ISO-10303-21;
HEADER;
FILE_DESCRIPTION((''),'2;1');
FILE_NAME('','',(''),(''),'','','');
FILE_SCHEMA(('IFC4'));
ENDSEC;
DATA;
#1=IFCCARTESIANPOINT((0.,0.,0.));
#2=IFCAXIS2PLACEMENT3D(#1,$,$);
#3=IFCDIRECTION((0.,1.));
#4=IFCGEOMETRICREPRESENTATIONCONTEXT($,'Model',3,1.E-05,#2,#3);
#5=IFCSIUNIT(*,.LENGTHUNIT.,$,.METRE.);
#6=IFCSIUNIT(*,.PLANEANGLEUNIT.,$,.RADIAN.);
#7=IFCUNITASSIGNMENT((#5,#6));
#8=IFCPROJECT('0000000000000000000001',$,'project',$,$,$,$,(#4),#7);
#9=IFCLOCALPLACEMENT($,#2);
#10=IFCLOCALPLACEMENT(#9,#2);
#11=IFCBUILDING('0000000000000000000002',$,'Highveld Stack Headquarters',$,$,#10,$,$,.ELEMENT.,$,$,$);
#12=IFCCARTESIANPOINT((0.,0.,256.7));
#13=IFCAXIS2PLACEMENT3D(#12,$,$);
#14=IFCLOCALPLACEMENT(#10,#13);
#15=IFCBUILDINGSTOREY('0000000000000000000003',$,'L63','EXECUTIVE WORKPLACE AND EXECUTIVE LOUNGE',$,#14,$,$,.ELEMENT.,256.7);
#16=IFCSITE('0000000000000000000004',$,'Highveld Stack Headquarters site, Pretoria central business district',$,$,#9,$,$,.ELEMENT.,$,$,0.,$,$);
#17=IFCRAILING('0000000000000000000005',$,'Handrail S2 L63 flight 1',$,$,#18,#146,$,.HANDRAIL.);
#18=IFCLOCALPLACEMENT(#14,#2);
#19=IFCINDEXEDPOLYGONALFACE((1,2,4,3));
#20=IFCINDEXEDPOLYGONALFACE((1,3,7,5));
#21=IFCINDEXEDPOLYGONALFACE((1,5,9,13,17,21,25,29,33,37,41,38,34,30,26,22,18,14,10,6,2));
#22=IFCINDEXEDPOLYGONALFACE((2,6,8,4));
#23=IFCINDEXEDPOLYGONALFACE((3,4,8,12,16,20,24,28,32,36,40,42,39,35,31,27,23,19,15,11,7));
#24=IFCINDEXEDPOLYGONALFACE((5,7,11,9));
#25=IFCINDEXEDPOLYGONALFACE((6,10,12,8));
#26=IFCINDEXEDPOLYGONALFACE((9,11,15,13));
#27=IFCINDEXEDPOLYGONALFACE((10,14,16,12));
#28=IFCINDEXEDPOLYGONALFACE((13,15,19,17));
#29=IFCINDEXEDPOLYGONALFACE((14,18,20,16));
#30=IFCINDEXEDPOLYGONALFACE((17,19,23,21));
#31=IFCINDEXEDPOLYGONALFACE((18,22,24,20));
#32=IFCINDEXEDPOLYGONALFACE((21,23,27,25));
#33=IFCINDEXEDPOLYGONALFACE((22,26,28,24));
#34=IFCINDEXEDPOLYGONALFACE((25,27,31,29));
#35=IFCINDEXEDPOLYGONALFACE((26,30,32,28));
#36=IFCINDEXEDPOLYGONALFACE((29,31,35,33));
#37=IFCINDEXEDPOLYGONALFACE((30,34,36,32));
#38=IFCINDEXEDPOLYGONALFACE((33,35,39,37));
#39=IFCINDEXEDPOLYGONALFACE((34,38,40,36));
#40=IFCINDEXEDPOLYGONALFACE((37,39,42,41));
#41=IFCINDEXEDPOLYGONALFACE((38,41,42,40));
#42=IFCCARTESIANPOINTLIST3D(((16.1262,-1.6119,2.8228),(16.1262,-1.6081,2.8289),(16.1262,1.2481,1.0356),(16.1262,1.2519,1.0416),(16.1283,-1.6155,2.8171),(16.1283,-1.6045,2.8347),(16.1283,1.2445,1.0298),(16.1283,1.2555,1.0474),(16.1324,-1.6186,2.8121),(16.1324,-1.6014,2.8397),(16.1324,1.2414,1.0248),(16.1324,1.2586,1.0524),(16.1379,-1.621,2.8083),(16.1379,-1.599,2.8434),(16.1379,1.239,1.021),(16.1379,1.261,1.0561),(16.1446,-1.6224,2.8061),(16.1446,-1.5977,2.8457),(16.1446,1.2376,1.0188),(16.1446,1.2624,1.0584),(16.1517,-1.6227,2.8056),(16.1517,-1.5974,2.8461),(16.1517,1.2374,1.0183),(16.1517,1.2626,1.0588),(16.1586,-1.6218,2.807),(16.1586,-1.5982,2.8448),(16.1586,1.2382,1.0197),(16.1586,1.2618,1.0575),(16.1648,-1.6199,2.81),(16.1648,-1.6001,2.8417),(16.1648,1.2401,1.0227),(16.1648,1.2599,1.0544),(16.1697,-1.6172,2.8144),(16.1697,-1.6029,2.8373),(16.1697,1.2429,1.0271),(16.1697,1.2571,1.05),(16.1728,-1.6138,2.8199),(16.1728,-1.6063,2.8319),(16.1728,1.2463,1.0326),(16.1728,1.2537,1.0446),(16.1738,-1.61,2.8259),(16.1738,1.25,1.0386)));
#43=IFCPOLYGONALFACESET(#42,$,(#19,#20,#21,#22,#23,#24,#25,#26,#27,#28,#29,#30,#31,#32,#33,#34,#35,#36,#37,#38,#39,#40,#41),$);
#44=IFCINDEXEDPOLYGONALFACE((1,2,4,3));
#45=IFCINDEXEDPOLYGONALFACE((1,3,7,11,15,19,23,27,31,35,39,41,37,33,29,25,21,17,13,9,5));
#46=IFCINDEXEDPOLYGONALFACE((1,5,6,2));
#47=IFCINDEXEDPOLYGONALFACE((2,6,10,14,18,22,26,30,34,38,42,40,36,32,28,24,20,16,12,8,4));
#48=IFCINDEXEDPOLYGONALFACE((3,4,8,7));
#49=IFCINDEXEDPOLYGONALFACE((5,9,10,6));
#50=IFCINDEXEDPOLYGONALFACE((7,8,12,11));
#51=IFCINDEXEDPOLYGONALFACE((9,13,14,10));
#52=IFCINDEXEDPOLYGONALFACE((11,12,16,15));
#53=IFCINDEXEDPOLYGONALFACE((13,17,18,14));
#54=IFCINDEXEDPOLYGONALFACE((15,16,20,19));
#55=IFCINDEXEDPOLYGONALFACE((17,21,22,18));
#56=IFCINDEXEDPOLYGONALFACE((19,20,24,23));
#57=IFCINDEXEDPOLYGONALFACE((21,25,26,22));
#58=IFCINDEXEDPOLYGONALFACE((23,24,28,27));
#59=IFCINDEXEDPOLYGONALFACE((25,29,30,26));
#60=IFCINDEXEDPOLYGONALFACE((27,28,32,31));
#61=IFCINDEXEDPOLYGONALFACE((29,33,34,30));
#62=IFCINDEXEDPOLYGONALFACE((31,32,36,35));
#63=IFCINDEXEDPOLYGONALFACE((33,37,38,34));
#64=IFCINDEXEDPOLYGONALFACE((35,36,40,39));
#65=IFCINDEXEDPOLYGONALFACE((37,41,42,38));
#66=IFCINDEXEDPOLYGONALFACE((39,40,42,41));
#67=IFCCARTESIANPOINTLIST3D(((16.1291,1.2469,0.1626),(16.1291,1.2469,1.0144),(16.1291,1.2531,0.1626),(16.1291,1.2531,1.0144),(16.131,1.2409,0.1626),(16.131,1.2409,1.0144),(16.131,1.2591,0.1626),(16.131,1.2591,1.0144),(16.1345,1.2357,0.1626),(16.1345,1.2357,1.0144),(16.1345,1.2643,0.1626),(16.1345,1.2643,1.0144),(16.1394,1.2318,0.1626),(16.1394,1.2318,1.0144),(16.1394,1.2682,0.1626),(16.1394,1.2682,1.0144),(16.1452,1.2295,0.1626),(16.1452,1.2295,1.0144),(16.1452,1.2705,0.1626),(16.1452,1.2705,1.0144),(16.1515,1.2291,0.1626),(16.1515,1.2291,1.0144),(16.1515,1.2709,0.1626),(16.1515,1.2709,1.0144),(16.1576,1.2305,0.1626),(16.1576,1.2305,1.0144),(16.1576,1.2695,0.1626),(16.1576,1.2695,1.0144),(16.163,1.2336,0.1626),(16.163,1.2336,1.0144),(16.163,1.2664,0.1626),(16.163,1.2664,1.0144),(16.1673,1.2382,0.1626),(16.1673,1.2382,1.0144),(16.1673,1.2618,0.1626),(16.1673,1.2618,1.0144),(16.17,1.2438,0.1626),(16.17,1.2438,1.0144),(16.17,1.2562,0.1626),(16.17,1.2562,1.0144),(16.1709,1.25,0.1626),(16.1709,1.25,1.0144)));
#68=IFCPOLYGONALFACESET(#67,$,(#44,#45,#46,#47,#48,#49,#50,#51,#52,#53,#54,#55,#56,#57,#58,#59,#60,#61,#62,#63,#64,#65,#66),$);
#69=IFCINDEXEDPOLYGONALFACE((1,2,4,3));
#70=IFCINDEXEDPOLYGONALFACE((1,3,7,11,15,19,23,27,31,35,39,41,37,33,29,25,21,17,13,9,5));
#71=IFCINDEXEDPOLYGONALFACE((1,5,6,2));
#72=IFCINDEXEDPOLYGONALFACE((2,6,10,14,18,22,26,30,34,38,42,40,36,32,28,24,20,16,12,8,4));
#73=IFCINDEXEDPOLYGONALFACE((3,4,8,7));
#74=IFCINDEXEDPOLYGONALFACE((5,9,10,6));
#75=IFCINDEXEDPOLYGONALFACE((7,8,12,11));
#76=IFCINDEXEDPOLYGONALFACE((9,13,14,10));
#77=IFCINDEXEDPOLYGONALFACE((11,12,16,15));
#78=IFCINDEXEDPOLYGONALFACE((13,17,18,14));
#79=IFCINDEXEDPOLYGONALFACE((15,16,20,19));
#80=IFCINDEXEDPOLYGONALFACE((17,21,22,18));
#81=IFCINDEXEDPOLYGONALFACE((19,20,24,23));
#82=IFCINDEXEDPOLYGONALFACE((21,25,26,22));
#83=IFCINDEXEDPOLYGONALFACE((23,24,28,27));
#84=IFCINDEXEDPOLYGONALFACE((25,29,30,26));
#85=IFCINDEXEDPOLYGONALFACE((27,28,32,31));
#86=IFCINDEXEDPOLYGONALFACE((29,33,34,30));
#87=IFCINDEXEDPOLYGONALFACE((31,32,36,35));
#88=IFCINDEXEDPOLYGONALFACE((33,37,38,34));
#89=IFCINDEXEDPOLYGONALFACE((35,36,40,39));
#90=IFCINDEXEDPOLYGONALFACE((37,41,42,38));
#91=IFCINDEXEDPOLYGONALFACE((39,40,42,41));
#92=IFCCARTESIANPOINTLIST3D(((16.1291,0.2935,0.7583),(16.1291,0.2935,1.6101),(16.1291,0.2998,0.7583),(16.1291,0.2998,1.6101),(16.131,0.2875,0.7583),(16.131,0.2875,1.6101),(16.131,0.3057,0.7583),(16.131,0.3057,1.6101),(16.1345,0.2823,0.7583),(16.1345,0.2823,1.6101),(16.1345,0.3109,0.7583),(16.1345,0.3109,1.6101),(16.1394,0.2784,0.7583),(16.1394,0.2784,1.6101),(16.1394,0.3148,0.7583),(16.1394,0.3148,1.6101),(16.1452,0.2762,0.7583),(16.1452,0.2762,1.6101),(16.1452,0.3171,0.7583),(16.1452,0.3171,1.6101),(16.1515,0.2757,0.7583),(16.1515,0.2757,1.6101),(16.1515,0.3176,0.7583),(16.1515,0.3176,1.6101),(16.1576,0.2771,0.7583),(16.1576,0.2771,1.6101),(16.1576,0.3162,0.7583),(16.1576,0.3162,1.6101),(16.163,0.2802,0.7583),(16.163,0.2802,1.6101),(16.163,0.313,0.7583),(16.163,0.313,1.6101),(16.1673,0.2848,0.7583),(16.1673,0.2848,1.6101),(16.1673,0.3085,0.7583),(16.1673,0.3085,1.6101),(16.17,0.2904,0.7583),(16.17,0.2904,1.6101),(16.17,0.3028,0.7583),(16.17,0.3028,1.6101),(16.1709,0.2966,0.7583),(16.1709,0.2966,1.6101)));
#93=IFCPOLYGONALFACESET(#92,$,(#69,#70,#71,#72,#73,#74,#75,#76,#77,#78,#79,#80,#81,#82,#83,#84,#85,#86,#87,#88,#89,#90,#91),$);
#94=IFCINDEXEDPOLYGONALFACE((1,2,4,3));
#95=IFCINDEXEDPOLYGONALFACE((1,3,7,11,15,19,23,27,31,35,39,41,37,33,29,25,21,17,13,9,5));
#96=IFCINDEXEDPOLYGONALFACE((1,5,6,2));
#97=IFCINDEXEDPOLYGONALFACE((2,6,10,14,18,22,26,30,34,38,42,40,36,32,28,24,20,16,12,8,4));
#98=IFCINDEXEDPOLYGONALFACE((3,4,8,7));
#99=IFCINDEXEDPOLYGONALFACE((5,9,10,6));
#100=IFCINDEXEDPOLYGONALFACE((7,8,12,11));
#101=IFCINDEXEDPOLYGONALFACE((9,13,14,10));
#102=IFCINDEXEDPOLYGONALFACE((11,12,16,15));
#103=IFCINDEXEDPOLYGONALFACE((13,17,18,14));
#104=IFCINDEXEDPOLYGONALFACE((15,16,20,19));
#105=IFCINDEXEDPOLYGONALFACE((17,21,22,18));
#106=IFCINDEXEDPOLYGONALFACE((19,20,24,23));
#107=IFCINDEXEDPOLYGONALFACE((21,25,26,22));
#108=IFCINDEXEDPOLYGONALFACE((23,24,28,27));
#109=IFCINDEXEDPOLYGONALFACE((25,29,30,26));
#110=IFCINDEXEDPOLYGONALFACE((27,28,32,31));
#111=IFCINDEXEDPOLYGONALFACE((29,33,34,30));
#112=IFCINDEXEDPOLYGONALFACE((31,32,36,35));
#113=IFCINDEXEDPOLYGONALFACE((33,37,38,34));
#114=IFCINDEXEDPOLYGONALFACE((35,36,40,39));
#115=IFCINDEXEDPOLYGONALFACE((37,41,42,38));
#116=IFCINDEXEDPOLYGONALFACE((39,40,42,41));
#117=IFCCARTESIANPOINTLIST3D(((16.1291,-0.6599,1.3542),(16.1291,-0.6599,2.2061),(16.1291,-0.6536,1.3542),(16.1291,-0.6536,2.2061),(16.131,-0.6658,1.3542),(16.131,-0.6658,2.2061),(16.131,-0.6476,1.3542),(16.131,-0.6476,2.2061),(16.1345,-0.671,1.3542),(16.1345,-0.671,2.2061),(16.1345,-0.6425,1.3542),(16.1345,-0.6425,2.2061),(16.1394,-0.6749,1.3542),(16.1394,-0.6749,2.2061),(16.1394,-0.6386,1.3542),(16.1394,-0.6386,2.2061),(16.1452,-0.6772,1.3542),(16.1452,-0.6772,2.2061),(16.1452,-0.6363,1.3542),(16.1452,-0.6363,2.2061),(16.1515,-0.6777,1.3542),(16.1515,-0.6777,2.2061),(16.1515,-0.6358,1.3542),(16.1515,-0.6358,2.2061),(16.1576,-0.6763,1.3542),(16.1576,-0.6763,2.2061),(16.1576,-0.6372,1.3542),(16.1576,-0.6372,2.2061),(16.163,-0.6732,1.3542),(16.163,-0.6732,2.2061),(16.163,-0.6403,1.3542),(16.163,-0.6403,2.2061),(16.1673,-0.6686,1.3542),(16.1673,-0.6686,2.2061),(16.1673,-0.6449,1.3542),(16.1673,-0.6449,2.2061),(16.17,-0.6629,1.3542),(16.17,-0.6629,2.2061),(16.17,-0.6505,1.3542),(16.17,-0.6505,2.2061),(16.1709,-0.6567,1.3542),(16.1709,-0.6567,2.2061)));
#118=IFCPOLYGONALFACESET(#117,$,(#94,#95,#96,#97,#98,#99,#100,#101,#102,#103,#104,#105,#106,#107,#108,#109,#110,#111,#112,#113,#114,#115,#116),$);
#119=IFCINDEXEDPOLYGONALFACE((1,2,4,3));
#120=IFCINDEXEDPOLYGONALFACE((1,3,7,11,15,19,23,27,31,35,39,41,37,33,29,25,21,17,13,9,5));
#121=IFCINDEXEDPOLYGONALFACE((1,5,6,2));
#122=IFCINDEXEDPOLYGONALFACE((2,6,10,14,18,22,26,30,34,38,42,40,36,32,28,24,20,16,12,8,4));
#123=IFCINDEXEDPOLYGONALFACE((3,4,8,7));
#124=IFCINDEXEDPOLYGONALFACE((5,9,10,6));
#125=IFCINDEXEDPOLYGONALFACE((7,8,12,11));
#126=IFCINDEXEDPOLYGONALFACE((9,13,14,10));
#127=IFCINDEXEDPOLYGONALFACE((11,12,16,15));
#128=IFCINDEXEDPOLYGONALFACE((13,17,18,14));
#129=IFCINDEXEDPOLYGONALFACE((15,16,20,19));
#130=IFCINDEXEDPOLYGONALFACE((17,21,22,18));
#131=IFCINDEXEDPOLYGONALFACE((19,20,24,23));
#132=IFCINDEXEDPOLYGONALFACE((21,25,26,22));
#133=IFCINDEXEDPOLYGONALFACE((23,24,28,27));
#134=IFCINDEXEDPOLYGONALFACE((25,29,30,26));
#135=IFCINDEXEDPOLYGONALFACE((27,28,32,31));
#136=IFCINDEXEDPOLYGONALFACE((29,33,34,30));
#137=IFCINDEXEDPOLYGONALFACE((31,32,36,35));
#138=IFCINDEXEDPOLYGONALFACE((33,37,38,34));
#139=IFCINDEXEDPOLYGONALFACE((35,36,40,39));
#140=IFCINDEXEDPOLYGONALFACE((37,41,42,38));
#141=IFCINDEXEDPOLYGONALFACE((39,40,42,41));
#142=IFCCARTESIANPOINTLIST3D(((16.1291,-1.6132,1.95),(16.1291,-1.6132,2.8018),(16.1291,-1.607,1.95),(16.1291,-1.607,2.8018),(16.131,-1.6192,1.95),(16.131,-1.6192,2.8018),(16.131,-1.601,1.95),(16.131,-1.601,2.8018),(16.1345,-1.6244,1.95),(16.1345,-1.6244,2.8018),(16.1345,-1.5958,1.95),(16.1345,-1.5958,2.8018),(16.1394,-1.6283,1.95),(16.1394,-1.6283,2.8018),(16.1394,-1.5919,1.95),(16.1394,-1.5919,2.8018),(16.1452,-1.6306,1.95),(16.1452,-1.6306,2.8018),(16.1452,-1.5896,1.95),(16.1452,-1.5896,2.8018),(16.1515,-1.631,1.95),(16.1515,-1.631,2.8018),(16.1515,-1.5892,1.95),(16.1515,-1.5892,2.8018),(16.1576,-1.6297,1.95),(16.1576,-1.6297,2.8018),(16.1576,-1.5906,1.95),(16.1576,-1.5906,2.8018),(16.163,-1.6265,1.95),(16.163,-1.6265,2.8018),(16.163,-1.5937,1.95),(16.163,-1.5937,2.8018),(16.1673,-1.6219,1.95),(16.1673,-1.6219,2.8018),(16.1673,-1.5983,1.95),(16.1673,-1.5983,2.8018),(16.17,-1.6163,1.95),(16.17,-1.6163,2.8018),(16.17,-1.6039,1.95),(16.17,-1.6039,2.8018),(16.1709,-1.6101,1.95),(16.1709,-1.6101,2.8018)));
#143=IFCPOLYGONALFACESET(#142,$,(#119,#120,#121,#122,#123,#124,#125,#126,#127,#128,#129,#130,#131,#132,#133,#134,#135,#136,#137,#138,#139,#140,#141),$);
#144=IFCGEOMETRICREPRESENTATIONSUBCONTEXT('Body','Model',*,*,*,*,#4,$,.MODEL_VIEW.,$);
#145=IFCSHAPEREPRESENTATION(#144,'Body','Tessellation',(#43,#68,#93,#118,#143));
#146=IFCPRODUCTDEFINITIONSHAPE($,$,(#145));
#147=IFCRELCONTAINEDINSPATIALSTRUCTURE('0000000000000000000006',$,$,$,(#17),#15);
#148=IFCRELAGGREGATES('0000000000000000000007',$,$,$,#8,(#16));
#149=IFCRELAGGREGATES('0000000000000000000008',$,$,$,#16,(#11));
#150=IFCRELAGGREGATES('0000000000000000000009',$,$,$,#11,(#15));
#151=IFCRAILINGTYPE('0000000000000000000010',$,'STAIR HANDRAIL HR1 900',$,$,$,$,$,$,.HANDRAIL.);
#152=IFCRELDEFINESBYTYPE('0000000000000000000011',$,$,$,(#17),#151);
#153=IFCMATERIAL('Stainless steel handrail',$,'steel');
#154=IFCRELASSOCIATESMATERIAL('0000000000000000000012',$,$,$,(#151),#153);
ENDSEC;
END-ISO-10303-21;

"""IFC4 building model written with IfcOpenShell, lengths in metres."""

from ifc_helpers import new_model, si_unit, direction, frame, origin, origin_2d, place, context, subcontext, project, spatial, circle, extrude, material, type_object, element, save


model = new_model("IFC4")

# Units and contexts
model_context = context("Model", 3, precision=1e-05, world=origin(), true_north=direction((0.0, 1.0)))
body_context = subcontext(model_context, "Body", "Model", "MODEL_VIEW")
ifc_project = project(units=[si_unit("LENGTHUNIT", "METRE"), si_unit("PLANEANGLEUNIT", "RADIAN")], contexts=[model_context])

# Site, building, storey
site_placement = place(None, origin())
site = spatial("IfcSite", under=ifc_project, at=site_placement, Name="Highveld Stack Headquarters site, Pretoria central business district", CompositionType="ELEMENT", RefElevation=0.0)
building_placement = place(site_placement, origin())
building = spatial("IfcBuilding", under=site, at=building_placement, Name="Highveld Stack Headquarters", CompositionType="ELEMENT")
storey_placement = place(building_placement, frame((0.0, 0.0, 256.7)))
storey = spatial("IfcBuildingStorey", under=building, at=storey_placement, Name="L63", Description="EXECUTIVE WORKPLACE AND EXECUTIVE LOUNGE", CompositionType="ELEMENT", Elevation=256.7)

# Railing
ifc_material_1 = material(Name="Stainless steel handrail", Category="steel")
railing_type = type_object("IfcRailingType", Name="STAIR HANDRAIL HR1 900", PredefinedType="HANDRAIL", material=ifc_material_1)
for number, where, name in (
    (1, (16.1499, 1.25, 0.1626), "Handrail S2 L63 flight 1"),
):
    element("IfcRailing", number, at=place(storey_placement, frame(where)), inside=storey, type_object=railing_type, Name=name, PredefinedType="HANDRAIL", context=body_context, shape_type="SweptSolid", body=[
        extrude(circle(Radius=0.0239, at=origin_2d()), frame((0.0, 0.0, 0.876), z_axis=(0.0, -0.848027, 0.529953), x_axis=(1.0, 0.0, 0.0)), (0.0, 0.0, 1.0), 3.3726),
        extrude(circle(Radius=0.021, at=origin_2d()), origin(), (0.0, 0.0, 1.0), 0.8518),
        extrude(circle(Radius=0.021, at=origin_2d()), frame((0.0, -0.9534, 0.5957)), (0.0, 0.0, 1.0), 0.8518),
        extrude(circle(Radius=0.021, at=origin_2d()), frame((0.0, -1.9067, 1.1917)), (0.0, 0.0, 1.0), 0.8518),
        extrude(circle(Radius=0.021, at=origin_2d()), frame((0.0, -2.8601, 1.7874)), (0.0, 0.0, 1.0), 0.8518),
    ])

save(model, "model.ifc")
